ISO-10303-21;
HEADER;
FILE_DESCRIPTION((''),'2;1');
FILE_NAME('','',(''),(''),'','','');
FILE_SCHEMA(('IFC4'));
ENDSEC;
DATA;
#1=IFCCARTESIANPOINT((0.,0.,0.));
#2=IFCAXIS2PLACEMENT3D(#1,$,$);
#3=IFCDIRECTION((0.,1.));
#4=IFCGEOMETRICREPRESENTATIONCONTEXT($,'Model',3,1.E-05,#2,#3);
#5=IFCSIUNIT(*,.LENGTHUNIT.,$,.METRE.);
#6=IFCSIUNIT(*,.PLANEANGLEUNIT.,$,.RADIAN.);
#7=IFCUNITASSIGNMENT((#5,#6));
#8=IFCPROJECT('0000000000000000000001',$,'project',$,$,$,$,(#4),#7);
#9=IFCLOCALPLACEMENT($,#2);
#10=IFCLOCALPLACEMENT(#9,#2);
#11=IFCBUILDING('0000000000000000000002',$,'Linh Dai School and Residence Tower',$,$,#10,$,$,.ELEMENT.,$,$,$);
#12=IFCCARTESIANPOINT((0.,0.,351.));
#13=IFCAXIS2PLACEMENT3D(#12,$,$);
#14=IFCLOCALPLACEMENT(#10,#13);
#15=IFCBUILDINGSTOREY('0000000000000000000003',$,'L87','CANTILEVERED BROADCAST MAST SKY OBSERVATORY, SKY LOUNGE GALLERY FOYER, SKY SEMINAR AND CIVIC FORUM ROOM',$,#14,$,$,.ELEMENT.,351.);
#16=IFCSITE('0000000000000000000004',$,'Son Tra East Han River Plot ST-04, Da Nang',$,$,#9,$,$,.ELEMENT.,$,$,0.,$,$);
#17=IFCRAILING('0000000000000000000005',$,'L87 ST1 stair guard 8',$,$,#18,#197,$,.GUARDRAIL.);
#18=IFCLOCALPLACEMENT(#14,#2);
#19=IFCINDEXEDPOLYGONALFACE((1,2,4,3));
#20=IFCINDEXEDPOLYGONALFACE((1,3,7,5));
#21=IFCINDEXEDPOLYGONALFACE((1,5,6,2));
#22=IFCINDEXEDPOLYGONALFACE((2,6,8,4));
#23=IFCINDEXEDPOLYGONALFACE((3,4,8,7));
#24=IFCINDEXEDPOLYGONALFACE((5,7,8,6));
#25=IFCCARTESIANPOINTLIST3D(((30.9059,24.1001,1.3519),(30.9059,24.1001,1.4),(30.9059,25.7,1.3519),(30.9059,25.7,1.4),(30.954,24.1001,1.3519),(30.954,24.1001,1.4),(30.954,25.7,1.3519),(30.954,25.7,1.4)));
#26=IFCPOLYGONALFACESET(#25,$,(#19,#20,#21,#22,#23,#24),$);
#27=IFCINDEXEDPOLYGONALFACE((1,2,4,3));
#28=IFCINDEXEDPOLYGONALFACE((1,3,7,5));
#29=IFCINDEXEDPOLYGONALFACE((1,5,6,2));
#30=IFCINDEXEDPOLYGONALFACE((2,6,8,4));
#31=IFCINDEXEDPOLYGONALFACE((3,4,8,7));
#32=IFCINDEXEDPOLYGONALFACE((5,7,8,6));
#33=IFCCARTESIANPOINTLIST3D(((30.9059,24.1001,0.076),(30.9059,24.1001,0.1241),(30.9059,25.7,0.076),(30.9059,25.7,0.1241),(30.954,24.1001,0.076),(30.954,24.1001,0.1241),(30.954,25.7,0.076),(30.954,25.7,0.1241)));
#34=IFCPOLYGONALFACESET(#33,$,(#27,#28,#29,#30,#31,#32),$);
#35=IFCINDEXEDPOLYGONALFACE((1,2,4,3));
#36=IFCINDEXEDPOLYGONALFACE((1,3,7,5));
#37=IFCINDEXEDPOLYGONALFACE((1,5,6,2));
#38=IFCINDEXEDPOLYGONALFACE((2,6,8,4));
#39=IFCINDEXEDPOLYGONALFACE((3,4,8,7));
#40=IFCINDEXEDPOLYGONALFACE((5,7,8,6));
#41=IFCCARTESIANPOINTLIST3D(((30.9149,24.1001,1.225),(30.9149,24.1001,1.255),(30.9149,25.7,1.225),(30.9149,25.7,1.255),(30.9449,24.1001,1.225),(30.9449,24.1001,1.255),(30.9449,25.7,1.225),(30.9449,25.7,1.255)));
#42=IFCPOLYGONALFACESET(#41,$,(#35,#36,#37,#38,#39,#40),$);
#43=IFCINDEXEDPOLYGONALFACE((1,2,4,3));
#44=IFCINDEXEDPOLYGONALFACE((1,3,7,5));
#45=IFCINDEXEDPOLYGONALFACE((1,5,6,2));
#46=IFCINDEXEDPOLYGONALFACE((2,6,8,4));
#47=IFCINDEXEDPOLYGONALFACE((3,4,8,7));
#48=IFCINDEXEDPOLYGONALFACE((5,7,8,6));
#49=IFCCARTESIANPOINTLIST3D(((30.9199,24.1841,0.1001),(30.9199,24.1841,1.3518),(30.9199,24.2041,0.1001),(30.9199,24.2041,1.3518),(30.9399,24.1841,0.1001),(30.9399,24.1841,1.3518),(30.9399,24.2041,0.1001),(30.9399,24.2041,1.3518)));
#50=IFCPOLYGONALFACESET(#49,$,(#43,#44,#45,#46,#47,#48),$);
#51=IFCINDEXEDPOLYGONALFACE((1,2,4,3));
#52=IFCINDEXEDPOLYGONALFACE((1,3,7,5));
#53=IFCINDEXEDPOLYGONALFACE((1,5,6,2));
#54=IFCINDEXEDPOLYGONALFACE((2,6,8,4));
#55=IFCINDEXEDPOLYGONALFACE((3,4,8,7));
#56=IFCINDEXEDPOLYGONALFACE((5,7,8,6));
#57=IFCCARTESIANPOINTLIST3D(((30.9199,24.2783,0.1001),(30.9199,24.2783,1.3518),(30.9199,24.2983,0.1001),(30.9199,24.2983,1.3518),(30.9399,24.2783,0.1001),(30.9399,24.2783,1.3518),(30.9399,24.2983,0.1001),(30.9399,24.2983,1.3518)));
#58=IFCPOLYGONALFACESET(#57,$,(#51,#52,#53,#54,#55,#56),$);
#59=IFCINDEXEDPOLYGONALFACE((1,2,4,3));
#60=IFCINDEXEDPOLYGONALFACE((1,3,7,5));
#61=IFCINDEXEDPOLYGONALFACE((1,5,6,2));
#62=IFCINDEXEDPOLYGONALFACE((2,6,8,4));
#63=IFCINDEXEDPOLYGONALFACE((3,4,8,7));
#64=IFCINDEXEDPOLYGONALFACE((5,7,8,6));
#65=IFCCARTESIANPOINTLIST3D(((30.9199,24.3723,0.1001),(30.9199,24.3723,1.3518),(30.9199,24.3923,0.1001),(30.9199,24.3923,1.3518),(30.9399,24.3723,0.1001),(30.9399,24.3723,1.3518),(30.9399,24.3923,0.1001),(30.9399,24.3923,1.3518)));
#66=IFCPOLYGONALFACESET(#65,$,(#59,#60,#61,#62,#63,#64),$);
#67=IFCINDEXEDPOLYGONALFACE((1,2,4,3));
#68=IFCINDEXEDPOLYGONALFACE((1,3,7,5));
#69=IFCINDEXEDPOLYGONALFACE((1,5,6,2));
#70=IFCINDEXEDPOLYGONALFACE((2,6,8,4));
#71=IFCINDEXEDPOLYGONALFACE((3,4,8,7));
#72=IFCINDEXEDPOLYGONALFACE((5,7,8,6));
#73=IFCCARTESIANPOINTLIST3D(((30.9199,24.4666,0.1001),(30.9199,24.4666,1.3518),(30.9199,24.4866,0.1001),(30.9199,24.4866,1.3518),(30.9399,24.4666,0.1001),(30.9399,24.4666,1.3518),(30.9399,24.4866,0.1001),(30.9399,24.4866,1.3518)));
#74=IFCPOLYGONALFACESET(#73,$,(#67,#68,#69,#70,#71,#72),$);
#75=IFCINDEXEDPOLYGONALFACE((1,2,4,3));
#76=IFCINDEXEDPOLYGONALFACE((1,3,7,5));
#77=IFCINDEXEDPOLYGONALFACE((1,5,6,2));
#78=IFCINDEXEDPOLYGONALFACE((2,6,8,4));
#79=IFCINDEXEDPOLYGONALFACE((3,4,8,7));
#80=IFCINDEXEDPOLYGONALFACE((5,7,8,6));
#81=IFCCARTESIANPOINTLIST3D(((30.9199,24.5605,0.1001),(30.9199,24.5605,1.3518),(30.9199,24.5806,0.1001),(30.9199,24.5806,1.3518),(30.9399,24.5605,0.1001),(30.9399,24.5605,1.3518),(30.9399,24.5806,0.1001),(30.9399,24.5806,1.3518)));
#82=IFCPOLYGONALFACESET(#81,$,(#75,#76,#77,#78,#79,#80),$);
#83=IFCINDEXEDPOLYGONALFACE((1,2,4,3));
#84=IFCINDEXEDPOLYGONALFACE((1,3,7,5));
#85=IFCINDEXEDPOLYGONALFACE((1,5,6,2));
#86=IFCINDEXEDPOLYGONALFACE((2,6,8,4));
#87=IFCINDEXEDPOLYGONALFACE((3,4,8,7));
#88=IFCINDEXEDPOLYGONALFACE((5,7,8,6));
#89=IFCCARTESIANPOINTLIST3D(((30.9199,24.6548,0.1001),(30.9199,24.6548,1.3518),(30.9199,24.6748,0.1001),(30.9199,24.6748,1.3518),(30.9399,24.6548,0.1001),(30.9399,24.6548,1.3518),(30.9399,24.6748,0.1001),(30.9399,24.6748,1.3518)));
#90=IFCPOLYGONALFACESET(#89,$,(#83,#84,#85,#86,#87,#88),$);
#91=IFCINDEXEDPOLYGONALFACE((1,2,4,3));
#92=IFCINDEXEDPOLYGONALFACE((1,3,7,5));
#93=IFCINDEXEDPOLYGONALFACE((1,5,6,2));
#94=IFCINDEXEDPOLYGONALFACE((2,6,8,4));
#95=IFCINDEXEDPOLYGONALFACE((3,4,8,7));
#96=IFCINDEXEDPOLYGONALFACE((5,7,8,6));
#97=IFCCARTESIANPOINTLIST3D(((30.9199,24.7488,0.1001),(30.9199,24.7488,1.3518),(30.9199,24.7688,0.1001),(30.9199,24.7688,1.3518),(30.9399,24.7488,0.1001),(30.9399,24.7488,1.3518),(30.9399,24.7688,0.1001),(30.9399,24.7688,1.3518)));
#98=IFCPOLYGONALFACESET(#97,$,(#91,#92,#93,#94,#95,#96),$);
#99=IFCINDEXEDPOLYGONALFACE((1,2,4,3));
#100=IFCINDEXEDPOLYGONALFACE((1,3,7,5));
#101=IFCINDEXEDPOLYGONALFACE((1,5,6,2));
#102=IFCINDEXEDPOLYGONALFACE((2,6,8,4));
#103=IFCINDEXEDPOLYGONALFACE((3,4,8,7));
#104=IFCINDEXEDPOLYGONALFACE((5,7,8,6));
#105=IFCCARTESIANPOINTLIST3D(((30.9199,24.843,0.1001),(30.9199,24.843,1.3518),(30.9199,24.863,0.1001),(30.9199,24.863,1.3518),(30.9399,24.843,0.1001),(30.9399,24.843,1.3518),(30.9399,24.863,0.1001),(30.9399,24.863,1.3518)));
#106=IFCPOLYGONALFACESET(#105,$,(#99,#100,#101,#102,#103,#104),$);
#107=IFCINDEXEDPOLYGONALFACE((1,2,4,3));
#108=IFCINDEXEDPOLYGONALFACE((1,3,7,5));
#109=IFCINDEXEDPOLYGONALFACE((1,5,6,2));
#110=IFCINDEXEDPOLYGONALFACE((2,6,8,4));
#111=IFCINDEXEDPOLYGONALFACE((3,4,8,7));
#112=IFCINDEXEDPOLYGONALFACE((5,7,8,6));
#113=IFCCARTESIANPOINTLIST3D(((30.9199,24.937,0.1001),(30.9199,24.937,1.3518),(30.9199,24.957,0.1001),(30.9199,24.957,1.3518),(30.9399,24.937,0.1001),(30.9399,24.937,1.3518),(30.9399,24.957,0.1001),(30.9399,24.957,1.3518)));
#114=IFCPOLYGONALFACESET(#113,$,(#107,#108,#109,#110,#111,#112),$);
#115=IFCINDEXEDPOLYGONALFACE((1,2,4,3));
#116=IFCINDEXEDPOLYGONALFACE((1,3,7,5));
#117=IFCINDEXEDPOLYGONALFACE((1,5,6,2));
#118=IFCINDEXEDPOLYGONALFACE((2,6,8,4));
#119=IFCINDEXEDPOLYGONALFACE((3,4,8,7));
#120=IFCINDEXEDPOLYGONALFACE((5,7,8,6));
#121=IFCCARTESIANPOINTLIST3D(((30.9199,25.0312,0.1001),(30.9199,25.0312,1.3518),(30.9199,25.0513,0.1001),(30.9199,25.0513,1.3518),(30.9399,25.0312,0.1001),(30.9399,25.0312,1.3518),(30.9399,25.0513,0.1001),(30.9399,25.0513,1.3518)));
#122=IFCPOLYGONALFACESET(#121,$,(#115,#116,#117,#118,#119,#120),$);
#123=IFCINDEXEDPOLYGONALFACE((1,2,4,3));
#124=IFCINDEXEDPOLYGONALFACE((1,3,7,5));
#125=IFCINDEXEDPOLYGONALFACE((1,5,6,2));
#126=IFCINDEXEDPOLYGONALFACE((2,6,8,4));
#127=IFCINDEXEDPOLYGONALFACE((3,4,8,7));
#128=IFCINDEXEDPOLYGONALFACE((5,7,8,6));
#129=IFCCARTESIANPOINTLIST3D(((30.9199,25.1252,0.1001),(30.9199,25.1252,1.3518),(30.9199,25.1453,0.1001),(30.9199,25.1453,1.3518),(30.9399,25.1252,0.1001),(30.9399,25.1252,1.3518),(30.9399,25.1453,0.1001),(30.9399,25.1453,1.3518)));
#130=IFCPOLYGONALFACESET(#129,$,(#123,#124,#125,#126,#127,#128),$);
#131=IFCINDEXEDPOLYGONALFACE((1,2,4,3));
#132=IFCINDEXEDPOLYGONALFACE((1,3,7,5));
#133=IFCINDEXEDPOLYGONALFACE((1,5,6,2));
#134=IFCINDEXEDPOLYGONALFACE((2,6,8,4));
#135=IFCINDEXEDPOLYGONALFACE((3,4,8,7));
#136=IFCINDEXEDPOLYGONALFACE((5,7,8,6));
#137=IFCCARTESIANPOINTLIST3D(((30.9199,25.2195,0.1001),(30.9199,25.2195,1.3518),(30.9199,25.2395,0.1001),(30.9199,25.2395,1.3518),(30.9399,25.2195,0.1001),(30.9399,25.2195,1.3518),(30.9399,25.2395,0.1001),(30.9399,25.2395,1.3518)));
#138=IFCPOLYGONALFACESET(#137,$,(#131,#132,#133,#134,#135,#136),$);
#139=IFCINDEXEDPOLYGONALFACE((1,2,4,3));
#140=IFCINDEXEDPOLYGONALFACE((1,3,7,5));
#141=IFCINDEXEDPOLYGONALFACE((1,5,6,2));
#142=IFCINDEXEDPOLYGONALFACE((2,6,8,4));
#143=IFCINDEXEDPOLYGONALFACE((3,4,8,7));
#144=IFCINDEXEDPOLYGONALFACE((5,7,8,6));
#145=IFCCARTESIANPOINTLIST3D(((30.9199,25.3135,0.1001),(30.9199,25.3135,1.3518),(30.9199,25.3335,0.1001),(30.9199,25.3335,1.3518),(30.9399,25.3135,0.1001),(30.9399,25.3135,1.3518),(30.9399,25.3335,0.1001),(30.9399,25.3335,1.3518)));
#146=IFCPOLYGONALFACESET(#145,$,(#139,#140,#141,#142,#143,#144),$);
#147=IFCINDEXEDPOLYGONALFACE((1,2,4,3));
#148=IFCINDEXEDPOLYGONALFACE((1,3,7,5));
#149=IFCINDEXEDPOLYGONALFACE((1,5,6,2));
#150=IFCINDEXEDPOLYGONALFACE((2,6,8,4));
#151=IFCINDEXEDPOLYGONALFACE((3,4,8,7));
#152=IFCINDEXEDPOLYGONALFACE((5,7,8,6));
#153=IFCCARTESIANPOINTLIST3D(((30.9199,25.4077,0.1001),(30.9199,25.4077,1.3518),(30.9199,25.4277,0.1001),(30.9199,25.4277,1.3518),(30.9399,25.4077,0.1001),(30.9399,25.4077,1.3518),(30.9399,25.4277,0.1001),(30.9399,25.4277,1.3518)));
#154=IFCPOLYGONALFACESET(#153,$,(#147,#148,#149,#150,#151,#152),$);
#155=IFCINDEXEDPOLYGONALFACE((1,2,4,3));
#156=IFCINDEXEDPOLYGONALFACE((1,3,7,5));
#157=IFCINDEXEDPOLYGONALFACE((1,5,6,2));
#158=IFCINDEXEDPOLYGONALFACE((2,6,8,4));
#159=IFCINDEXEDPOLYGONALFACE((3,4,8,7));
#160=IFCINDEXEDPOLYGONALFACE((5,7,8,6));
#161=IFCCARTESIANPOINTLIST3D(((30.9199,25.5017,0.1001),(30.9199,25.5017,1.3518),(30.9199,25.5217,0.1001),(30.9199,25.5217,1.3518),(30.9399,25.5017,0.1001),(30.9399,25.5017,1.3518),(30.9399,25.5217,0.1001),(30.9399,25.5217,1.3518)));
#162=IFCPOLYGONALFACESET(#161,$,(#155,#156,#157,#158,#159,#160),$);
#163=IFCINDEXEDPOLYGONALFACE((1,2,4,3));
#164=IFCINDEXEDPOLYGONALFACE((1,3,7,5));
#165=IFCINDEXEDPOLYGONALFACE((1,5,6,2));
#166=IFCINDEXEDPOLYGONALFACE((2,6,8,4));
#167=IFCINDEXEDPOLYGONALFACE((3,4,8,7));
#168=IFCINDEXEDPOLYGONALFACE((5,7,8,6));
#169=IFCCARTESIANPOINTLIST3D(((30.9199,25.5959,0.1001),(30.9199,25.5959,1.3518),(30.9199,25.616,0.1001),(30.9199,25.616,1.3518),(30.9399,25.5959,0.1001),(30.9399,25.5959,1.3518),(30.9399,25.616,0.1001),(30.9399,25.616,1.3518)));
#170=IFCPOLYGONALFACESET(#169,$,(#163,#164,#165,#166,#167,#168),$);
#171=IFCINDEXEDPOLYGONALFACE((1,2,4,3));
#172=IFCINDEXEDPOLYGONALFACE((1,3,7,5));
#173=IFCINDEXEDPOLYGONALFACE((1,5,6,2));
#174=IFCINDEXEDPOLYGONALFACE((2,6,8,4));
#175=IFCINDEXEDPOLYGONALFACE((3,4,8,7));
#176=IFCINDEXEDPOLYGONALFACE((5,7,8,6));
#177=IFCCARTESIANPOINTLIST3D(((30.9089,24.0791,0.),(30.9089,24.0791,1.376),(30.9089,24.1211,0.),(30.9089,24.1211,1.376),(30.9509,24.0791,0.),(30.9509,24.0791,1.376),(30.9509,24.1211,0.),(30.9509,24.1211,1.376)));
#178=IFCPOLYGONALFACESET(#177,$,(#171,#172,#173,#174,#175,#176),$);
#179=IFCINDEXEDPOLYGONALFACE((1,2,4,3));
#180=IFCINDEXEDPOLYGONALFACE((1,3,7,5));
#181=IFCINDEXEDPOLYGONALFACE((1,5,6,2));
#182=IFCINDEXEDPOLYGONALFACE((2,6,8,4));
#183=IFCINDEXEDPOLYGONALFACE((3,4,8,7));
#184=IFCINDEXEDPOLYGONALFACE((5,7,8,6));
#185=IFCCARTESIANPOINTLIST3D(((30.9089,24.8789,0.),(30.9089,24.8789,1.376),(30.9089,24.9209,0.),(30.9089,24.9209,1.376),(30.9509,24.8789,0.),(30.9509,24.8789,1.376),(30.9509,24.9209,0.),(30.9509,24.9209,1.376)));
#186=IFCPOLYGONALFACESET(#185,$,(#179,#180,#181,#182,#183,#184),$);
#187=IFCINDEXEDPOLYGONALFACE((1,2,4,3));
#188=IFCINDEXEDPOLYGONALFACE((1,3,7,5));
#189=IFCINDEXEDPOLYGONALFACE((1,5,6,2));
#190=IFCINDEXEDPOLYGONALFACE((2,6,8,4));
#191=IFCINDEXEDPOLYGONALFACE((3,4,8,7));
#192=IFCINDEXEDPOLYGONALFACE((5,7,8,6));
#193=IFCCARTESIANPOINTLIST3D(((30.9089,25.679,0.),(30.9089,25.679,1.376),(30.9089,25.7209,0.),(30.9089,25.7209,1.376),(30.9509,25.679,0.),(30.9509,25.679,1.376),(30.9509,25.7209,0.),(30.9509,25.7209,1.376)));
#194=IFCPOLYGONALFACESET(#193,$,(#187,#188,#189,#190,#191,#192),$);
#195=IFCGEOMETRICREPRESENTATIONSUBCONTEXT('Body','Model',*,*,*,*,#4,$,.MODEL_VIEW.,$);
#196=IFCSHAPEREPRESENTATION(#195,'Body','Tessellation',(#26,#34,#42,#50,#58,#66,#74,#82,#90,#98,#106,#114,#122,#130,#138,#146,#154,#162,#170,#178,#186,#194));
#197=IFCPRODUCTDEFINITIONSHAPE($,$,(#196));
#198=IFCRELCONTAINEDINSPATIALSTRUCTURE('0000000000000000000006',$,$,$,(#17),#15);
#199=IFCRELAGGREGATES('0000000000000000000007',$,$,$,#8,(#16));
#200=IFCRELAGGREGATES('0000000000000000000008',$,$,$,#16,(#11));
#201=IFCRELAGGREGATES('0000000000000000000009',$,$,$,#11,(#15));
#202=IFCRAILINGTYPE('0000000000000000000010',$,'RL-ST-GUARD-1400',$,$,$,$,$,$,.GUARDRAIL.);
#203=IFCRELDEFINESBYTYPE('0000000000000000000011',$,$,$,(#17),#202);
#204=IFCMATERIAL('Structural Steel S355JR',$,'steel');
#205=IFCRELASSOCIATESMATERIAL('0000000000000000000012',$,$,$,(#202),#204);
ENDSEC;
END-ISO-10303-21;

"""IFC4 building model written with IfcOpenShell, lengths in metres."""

from ifc_helpers import new_model, si_unit, direction, frame, origin, origin_2d, place, context, subcontext, project, spatial, rectangle, extrude, source, transform, mapped, material, type_object, element, save


model = new_model("IFC4")

# Units and contexts
model_context = context("Model", 3, precision=1e-05, world=origin(), true_north=direction((0.0, 1.0)))
body_context = subcontext(model_context, "Body", "Model", "MODEL_VIEW")
ifc_project = project(units=[si_unit("LENGTHUNIT", "METRE"), si_unit("PLANEANGLEUNIT", "RADIAN")], contexts=[model_context])

# Site, building, storey
site_placement = place(None, origin())
site = spatial("IfcSite", under=ifc_project, at=site_placement, Name="Son Tra East Han River Plot ST-04, Da Nang", CompositionType="ELEMENT", RefElevation=0.0)
building_placement = place(site_placement, origin())
building = spatial("IfcBuilding", under=site, at=building_placement, Name="Linh Dai School and Residence Tower", CompositionType="ELEMENT")
storey_placement = place(building_placement, frame((0.0, 0.0, 351.0)))
storey = spatial("IfcBuildingStorey", under=building, at=storey_placement, Name="L87", Description="CANTILEVERED BROADCAST MAST SKY OBSERVATORY, SKY LOUNGE GALLERY FOYER, SKY SEMINAR AND CIVIC FORUM ROOM", CompositionType="ELEMENT", Elevation=351.0)

# Shared definitions
ifc_material_1 = material(Name="Structural Steel S355JR", Category="steel")

# Railing
railing_type_1 = type_object("IfcRailingType", Name="RL-ST-GUARD-1400", PredefinedType="GUARDRAIL", material=ifc_material_1)
shared_shape_1 = source(origin(), body_context, "Body", "SweptSolid", [
    extrude(rectangle(XDim=0.0481, YDim=0.0481, at=origin_2d()), frame((0.0, 0.0, 1.376), z_axis=(0.0, 1.0, 0.0), x_axis=(-1.0, 0.0, 0.0)), (0.0, 0.0, 1.0), 1.5999),
    extrude(rectangle(XDim=0.0481, YDim=0.0481, at=origin_2d()), frame((0.0, 0.0, 0.1001), z_axis=(0.0, 1.0, 0.0), x_axis=(-1.0, 0.0, 0.0)), (0.0, 0.0, 1.0), 1.5999),
    extrude(rectangle(XDim=0.03, YDim=0.03, at=origin_2d()), frame((0.0, 0.0, 1.24), z_axis=(0.0, 1.0, 0.0), x_axis=(-1.0, 0.0, 0.0)), (0.0, 0.0, 1.0), 1.5999),
    extrude(rectangle(XDim=0.02, YDim=0.02, at=origin_2d()), frame((0.0, 0.094, 0.1001)), (0.0, 0.0, 1.0), 1.2517),
    extrude(rectangle(XDim=0.02, YDim=0.02, at=origin_2d()), frame((0.0, 0.1882, 0.1001)), (0.0, 0.0, 1.0), 1.2517),
    extrude(rectangle(XDim=0.02, YDim=0.02, at=origin_2d()), frame((0.0, 0.2822, 0.1001)), (0.0, 0.0, 1.0), 1.2517),
    extrude(rectangle(XDim=0.02, YDim=0.02, at=origin_2d()), frame((0.0, 0.3765, 0.1001)), (0.0, 0.0, 1.0), 1.2517),
    extrude(rectangle(XDim=0.02, YDim=0.02, at=origin_2d()), frame((0.0, 0.4705, 0.1001)), (0.0, 0.0, 1.0), 1.2517),
    extrude(rectangle(XDim=0.02, YDim=0.02, at=origin_2d()), frame((0.0, 0.5647, 0.1001)), (0.0, 0.0, 1.0), 1.2517),
    extrude(rectangle(XDim=0.02, YDim=0.02, at=origin_2d()), frame((0.0, 0.6587, 0.1001)), (0.0, 0.0, 1.0), 1.2517),
    extrude(rectangle(XDim=0.02, YDim=0.02, at=origin_2d()), frame((0.0, 0.7529, 0.1001)), (0.0, 0.0, 1.0), 1.2517),
    extrude(rectangle(XDim=0.02, YDim=0.02, at=origin_2d()), frame((0.0, 0.8469, 0.1001)), (0.0, 0.0, 1.0), 1.2517),
    extrude(rectangle(XDim=0.02, YDim=0.02, at=origin_2d()), frame((0.0, 0.9412, 0.1001)), (0.0, 0.0, 1.0), 1.2517),
    extrude(rectangle(XDim=0.02, YDim=0.02, at=origin_2d()), frame((0.0, 1.0352, 0.1001)), (0.0, 0.0, 1.0), 1.2517),
    extrude(rectangle(XDim=0.02, YDim=0.02, at=origin_2d()), frame((0.0, 1.1294, 0.1001)), (0.0, 0.0, 1.0), 1.2517),
    extrude(rectangle(XDim=0.02, YDim=0.02, at=origin_2d()), frame((0.0, 1.2234, 0.1001)), (0.0, 0.0, 1.0), 1.2517),
    extrude(rectangle(XDim=0.02, YDim=0.02, at=origin_2d()), frame((0.0, 1.3176, 0.1001)), (0.0, 0.0, 1.0), 1.2517),
    extrude(rectangle(XDim=0.02, YDim=0.02, at=origin_2d()), frame((0.0, 1.4116, 0.1001)), (0.0, 0.0, 1.0), 1.2517),
    extrude(rectangle(XDim=0.02, YDim=0.02, at=origin_2d()), frame((0.0, 1.5059, 0.1001)), (0.0, 0.0, 1.0), 1.2517),
    extrude(rectangle(XDim=0.042, YDim=0.042, at=origin_2d()), origin(), (0.0, 0.0, 1.0), 1.376),
    extrude(rectangle(XDim=0.042, YDim=0.042, at=origin_2d()), frame((0.0, 0.7998, 0.0)), (0.0, 0.0, 1.0), 1.376),
    extrude(rectangle(XDim=0.042, YDim=0.042, at=origin_2d()), frame((0.0, 1.5999, 0.0)), (0.0, 0.0, 1.0), 1.376),
])
for number, where, name in (
    (1, (30.9299, 24.1001, 0.0), "L87 ST1 stair guard 8"),
):
    element("IfcRailing", number, at=place(storey_placement, frame(where)), inside=storey, type_object=railing_type_1, Name=name, PredefinedType="GUARDRAIL", context=body_context, shape_type="MappedRepresentation", body=[
        mapped(shared_shape_1, transform((0.0, 0.0, 0.0), x_axis=(1.0, 0.0, 0.0), y_axis=(0.0, 1.0, 0.0), z_axis=(0.0, 0.0, 1.0), scale=1.0)),
    ])

save(model, "model.ifc")
